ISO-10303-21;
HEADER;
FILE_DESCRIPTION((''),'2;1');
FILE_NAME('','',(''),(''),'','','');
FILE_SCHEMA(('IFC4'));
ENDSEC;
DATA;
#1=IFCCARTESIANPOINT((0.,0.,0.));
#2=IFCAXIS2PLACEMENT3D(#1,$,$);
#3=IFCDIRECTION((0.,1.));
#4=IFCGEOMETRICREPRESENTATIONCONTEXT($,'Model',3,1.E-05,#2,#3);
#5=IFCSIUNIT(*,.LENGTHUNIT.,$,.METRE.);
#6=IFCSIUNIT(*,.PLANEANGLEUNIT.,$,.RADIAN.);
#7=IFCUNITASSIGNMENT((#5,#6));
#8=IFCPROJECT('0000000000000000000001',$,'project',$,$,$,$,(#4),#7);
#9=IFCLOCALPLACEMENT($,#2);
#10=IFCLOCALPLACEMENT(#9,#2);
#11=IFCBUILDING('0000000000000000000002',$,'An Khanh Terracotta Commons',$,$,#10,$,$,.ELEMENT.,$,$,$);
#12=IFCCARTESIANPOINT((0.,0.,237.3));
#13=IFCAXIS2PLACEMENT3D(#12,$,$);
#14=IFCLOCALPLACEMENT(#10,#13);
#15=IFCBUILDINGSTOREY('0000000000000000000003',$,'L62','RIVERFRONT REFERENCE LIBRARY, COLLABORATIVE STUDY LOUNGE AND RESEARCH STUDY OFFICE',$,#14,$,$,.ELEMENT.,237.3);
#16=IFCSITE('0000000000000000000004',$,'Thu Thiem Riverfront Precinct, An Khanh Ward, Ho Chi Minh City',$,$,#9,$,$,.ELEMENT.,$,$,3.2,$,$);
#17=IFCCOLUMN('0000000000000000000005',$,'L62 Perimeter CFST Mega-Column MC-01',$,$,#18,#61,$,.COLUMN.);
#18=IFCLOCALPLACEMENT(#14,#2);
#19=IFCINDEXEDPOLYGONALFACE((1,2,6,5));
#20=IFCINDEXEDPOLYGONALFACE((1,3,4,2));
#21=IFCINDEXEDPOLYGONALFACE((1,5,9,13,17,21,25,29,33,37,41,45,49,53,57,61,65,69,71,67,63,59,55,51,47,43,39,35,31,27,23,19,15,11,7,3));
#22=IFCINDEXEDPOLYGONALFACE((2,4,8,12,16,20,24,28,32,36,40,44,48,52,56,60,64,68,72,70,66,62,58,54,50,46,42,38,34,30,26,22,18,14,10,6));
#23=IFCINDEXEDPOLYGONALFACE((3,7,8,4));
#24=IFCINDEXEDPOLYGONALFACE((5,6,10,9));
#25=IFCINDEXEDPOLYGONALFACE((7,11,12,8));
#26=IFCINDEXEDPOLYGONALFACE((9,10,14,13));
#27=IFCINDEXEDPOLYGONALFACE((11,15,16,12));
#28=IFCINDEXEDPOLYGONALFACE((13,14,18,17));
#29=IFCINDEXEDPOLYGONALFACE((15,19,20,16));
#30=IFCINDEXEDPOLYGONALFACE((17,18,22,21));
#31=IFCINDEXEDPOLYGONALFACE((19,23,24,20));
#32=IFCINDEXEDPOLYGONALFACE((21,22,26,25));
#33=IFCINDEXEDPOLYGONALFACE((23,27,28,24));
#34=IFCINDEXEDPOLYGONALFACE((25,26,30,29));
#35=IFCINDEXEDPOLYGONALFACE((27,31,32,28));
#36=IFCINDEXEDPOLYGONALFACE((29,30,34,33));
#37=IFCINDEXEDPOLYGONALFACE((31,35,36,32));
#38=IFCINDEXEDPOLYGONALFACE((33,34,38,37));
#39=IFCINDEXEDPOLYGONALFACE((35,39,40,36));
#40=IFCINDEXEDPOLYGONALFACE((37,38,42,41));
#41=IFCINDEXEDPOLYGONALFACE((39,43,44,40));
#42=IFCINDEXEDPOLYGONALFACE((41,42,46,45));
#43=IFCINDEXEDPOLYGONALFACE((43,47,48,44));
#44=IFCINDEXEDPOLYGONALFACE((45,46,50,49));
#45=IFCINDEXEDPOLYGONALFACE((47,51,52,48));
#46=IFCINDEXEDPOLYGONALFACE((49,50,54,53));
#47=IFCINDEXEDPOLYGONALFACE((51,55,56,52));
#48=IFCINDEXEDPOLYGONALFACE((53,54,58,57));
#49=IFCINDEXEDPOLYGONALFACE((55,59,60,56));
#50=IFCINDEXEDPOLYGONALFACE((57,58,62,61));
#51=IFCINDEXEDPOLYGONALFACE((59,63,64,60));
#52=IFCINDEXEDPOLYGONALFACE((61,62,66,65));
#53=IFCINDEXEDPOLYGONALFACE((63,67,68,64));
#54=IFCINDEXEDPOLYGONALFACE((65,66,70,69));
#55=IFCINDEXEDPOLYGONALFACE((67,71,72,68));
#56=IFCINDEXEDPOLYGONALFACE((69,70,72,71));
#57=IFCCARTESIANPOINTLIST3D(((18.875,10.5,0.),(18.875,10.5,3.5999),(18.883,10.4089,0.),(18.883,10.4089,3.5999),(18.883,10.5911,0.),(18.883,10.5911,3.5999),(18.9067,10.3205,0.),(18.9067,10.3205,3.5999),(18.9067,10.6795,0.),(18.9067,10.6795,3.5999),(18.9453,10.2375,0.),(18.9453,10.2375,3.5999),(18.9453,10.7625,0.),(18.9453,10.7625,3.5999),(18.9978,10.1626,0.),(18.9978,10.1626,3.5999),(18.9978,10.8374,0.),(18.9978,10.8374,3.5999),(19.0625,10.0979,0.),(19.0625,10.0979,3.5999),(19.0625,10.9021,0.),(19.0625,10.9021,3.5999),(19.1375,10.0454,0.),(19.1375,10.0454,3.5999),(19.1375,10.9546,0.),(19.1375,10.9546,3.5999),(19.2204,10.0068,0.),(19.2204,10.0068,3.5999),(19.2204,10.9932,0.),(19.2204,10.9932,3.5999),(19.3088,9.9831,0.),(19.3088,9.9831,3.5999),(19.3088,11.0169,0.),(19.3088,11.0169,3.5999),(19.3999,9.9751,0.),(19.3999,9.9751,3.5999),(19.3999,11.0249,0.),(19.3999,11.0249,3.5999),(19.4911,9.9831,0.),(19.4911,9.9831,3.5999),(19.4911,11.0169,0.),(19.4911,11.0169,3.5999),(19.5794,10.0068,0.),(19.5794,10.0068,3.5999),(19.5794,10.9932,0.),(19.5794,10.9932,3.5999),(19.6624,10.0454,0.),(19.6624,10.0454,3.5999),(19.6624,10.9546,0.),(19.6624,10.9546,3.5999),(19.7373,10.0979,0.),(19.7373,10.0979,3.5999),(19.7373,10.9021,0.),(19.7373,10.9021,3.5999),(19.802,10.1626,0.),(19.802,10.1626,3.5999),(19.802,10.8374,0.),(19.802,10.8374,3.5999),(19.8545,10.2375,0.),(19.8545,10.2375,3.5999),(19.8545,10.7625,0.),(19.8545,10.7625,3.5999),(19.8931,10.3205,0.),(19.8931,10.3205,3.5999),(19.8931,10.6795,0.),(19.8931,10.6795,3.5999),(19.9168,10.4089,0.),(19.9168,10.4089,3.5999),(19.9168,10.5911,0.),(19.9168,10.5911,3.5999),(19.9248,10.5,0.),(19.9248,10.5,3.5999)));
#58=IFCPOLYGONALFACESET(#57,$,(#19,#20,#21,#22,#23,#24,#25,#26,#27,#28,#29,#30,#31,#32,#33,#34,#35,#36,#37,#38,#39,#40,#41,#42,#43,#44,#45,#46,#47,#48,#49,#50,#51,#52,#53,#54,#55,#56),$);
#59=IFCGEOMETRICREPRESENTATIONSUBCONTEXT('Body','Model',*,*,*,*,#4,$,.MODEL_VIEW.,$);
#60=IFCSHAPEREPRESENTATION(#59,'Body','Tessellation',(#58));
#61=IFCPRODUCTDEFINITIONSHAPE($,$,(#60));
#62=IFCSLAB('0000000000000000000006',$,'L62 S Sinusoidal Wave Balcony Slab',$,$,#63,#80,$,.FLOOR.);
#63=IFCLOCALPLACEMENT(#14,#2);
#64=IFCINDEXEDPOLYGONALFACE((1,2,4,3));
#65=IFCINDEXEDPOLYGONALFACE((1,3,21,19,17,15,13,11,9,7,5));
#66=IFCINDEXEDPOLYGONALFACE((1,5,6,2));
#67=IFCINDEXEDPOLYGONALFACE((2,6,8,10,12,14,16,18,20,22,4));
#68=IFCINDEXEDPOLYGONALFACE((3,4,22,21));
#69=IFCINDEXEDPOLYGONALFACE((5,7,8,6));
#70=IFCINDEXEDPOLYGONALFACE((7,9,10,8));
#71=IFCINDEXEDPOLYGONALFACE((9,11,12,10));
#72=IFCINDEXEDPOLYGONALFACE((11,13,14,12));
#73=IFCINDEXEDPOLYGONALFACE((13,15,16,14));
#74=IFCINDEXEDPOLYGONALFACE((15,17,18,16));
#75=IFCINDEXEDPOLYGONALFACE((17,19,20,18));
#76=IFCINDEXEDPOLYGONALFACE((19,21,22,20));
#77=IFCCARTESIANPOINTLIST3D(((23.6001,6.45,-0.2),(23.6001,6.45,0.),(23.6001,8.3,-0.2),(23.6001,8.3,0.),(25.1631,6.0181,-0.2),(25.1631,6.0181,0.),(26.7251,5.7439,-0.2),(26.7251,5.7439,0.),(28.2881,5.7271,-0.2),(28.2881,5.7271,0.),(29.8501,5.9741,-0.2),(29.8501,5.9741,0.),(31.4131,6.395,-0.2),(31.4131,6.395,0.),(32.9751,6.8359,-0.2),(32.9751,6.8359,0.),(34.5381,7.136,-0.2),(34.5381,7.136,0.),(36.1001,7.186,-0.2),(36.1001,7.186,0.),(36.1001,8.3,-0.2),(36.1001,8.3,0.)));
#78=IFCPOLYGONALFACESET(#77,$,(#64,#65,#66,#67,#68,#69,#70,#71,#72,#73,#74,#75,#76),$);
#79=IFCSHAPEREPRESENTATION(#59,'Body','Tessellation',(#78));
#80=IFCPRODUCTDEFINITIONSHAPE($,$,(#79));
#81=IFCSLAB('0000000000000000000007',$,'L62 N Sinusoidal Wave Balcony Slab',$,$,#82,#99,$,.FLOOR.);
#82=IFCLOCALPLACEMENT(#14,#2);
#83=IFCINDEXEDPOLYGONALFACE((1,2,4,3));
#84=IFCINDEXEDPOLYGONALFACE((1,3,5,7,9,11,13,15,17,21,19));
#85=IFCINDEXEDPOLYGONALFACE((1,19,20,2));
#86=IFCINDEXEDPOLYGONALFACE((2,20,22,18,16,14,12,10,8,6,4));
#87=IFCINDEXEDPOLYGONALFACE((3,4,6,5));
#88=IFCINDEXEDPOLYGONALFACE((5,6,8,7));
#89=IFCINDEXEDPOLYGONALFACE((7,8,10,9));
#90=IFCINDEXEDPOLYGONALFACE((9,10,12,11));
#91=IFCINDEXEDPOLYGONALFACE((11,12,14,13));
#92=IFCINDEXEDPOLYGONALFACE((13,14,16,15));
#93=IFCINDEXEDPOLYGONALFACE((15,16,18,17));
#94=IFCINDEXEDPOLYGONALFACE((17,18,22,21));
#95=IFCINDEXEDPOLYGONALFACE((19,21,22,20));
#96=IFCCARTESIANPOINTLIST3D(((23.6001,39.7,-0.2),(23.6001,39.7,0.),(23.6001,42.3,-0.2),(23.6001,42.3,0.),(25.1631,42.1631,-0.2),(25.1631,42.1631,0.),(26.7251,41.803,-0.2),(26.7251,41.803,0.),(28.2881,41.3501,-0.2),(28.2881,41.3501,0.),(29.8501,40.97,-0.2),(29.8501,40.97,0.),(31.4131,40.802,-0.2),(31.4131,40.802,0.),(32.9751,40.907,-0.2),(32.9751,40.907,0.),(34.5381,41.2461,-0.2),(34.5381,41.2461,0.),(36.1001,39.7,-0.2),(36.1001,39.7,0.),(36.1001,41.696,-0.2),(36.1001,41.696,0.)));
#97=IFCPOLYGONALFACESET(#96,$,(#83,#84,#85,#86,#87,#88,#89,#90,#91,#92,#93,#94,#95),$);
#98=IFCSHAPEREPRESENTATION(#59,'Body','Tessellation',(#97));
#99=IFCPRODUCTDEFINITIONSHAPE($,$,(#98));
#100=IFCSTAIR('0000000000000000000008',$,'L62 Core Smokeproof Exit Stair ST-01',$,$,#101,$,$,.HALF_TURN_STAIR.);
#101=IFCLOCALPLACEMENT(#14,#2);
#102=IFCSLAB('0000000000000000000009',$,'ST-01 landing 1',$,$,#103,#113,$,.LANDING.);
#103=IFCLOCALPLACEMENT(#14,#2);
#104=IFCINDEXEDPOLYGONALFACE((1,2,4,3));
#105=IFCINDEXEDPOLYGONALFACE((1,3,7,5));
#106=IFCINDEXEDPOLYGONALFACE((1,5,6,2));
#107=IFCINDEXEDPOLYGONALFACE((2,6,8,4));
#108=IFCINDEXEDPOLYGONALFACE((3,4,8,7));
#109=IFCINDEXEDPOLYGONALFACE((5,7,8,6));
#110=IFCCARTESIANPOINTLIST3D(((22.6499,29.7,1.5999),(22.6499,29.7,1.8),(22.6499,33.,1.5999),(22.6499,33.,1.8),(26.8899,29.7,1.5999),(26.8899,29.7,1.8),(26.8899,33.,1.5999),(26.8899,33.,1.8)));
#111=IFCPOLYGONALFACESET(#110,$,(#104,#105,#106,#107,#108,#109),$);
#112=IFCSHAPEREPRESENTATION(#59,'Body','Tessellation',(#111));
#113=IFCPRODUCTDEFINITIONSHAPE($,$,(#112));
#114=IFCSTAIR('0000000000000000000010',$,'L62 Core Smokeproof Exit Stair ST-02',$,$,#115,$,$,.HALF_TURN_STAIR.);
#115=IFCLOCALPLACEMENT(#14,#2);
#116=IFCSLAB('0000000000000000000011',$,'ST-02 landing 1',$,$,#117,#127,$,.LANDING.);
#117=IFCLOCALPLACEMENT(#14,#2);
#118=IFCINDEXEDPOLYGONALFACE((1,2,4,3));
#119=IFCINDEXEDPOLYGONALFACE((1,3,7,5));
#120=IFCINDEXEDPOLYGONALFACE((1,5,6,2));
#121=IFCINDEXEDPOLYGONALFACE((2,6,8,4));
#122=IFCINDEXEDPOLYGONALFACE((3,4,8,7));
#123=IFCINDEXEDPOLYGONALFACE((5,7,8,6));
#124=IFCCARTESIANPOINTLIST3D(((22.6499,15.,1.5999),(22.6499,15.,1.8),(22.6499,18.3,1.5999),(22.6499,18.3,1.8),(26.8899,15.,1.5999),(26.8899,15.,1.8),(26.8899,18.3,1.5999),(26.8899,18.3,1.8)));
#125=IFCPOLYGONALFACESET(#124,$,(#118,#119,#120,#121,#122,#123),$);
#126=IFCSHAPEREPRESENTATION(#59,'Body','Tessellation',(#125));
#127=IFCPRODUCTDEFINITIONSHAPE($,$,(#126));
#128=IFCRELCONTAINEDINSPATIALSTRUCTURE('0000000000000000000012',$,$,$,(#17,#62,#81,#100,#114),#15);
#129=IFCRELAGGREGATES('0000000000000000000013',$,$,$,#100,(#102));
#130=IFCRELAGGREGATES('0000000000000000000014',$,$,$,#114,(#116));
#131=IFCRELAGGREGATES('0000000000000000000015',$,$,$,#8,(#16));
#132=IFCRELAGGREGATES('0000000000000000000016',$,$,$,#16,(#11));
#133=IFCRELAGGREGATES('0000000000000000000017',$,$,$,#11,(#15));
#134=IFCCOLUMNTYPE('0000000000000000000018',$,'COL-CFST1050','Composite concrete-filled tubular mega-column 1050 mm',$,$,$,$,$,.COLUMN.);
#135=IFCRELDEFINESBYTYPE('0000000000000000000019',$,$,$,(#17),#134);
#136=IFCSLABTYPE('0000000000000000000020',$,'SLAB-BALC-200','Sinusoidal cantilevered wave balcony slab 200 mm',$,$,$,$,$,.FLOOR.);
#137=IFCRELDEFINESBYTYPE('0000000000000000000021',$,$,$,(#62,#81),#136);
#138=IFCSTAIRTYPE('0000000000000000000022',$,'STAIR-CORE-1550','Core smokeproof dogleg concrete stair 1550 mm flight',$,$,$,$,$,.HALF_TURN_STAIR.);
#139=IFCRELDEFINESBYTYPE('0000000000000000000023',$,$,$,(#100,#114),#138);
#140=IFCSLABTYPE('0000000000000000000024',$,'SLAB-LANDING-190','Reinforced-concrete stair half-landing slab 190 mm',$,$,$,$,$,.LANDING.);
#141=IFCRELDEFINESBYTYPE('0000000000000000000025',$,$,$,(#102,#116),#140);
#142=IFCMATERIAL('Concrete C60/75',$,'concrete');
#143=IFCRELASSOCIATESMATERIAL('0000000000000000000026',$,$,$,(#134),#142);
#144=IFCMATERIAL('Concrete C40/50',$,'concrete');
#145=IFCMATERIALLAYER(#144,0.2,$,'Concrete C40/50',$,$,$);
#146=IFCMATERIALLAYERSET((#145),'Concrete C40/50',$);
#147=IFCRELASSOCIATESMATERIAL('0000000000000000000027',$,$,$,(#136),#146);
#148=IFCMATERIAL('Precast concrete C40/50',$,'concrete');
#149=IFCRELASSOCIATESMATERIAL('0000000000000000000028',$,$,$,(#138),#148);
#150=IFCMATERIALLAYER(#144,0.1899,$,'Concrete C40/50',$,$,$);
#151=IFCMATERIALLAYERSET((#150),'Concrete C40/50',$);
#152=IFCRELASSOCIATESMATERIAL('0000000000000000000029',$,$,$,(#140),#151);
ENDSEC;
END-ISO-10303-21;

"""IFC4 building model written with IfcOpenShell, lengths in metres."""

from ifc_helpers import new_model, si_unit, direction, frame, origin, origin_2d, place, context, subcontext, project, spatial, polyline, circle, outline, extrude, material, layer, layer_set, material_profile, profile_set, type_object, element, aggregate, save


model = new_model("IFC4")

# Units and contexts
model_context = context("Model", 3, precision=1e-05, world=origin(), true_north=direction((0.0, 1.0)))
body_context = subcontext(model_context, "Body", "Model", "MODEL_VIEW")
ifc_project = project(units=[si_unit("LENGTHUNIT", "METRE"), si_unit("PLANEANGLEUNIT", "RADIAN")], contexts=[model_context])

# Site, building, storey
site_placement = place(None, origin())
site = spatial("IfcSite", under=ifc_project, at=site_placement, Name="Thu Thiem Riverfront Precinct, An Khanh Ward, Ho Chi Minh City", CompositionType="ELEMENT", RefElevation=3.2)
building_placement = place(site_placement, origin())
building = spatial("IfcBuilding", under=site, at=building_placement, Name="An Khanh Terracotta Commons", CompositionType="ELEMENT")
storey_placement = place(building_placement, frame((0.0, 0.0, 237.3)))
storey = spatial("IfcBuildingStorey", under=building, at=storey_placement, Name="L62", Description="RIVERFRONT REFERENCE LIBRARY, COLLABORATIVE STUDY LOUNGE AND RESEARCH STUDY OFFICE", CompositionType="ELEMENT", Elevation=237.3)

# Column
ifc_material_1 = material(Name="Concrete C60/75", Category="concrete")
ifc_material_profile = material_profile(ifc_material_1, circle(Radius=0.5249, at=origin_2d()), Name="CFST1050")
ifc_profile_set = profile_set([ifc_material_profile], Name="Concrete C60/75")
column_type = type_object("IfcColumnType", Name="COL-CFST1050", Description="Composite concrete-filled tubular mega-column 1050 mm", PredefinedType="COLUMN", material=ifc_profile_set)
column_placement = place(storey_placement, frame((19.3999, 10.5, 0.0), z_axis=(0.0, 0.0, 1.0), x_axis=(1.0, 0.0, 0.0)))
element("IfcColumn", 1, at=column_placement, inside=storey, type_object=column_type, Name="L62 Perimeter CFST Mega-Column MC-01", PredefinedType="COLUMN", context=body_context, shape_type="SweptSolid", body=[
    extrude(circle(Radius=0.5249, at=origin_2d()), origin(), (0.0, 0.0, 1.0), 3.5999),
])

# Slabs
ifc_material_2 = material(Name="Concrete C40/50", Category="concrete")
ifc_layer_1 = layer(ifc_material_2, 0.2, Name="Concrete C40/50")
ifc_layer_set_1 = layer_set([ifc_layer_1], Name="Concrete C40/50")
slab_type_1 = type_object("IfcSlabType", Name="SLAB-BALC-200", Description="Sinusoidal cantilevered wave balcony slab 200 mm", PredefinedType="FLOOR", material=ifc_layer_set_1)
slab_1_placement = place(storey_placement, frame((0.0, 0.0, -0.2)))
element("IfcSlab", 2, at=slab_1_placement, inside=storey, type_object=slab_type_1, Name="L62 S Sinusoidal Wave Balcony Slab", PredefinedType="FLOOR", context=body_context, shape_type="SweptSolid", body=[
    extrude(outline(polyline([(23.6001, 8.3), (23.6001, 6.45), (25.1631, 6.0181), (26.7251, 5.7439), (28.2881, 5.7271), (29.8501, 5.9741), (31.4131, 6.395), (32.9751, 6.8359), (34.5381, 7.136), (36.1001, 7.186), (36.1001, 8.3), (23.6001, 8.3)])), origin(), (0.0, 0.0, 1.0), 0.2),
])
slab_2_placement = place(storey_placement, frame((0.0, 0.0, -0.2)))
element("IfcSlab", 3, at=slab_2_placement, inside=storey, type_object=slab_type_1, Name="L62 N Sinusoidal Wave Balcony Slab", PredefinedType="FLOOR", context=body_context, shape_type="SweptSolid", body=[
    extrude(outline(polyline([(36.1001, 39.7), (36.1001, 41.696), (34.5381, 41.2461), (32.9751, 40.907), (31.4131, 40.802), (29.8501, 40.97), (28.2881, 41.3501), (26.7251, 41.803), (25.1631, 42.1631), (23.6001, 42.3), (23.6001, 39.7), (36.1001, 39.7)])), origin(), (0.0, 0.0, 1.0), 0.2),
])

# Stairs, slabs
ifc_material_3 = material(Name="Precast concrete C40/50", Category="concrete")
stair_type = type_object("IfcStairType", Name="STAIR-CORE-1550", Description="Core smokeproof dogleg concrete stair 1550 mm flight", PredefinedType="HALF_TURN_STAIR", material=ifc_material_3)
stair_1_placement = place(storey_placement, origin())
stair_1 = element("IfcStair", 4, at=stair_1_placement, inside=storey, type_object=stair_type, Name="L62 Core Smokeproof Exit Stair ST-01", PredefinedType="HALF_TURN_STAIR")
ifc_layer_2 = layer(ifc_material_2, 0.1899, Name="Concrete C40/50")
ifc_layer_set_2 = layer_set([ifc_layer_2], Name="Concrete C40/50")
slab_type_2 = type_object("IfcSlabType", Name="SLAB-LANDING-190", Description="Reinforced-concrete stair half-landing slab 190 mm", PredefinedType="LANDING", material=ifc_layer_set_2)
slab_3_placement = place(storey_placement, frame((0.0, 0.0, 1.5999)))
slab_3 = element("IfcSlab", 5, at=slab_3_placement, type_object=slab_type_2, Name="ST-01 landing 1", PredefinedType="LANDING", context=body_context, shape_type="SweptSolid", body=[
    extrude(outline(polyline([(26.8899, 33.0), (22.6499, 33.0), (22.6499, 29.7), (26.8899, 29.7), (26.8899, 33.0)])), origin(), (0.0, 0.0, 1.0), 0.2002),
])
aggregate(stair_1, [slab_3])
stair_2_placement = place(storey_placement, origin())
stair_2 = element("IfcStair", 6, at=stair_2_placement, inside=storey, type_object=stair_type, Name="L62 Core Smokeproof Exit Stair ST-02", PredefinedType="HALF_TURN_STAIR")
slab_4_placement = place(storey_placement, frame((0.0, 0.0, 1.5999)))
slab_4 = element("IfcSlab", 7, at=slab_4_placement, type_object=slab_type_2, Name="ST-02 landing 1", PredefinedType="LANDING", context=body_context, shape_type="SweptSolid", body=[
    extrude(outline(polyline([(26.8899, 18.3), (22.6499, 18.3), (22.6499, 15.0), (26.8899, 15.0), (26.8899, 18.3)])), origin(), (0.0, 0.0, 1.0), 0.2002),
])
aggregate(stair_2, [slab_4])

save(model, "model.ifc")
